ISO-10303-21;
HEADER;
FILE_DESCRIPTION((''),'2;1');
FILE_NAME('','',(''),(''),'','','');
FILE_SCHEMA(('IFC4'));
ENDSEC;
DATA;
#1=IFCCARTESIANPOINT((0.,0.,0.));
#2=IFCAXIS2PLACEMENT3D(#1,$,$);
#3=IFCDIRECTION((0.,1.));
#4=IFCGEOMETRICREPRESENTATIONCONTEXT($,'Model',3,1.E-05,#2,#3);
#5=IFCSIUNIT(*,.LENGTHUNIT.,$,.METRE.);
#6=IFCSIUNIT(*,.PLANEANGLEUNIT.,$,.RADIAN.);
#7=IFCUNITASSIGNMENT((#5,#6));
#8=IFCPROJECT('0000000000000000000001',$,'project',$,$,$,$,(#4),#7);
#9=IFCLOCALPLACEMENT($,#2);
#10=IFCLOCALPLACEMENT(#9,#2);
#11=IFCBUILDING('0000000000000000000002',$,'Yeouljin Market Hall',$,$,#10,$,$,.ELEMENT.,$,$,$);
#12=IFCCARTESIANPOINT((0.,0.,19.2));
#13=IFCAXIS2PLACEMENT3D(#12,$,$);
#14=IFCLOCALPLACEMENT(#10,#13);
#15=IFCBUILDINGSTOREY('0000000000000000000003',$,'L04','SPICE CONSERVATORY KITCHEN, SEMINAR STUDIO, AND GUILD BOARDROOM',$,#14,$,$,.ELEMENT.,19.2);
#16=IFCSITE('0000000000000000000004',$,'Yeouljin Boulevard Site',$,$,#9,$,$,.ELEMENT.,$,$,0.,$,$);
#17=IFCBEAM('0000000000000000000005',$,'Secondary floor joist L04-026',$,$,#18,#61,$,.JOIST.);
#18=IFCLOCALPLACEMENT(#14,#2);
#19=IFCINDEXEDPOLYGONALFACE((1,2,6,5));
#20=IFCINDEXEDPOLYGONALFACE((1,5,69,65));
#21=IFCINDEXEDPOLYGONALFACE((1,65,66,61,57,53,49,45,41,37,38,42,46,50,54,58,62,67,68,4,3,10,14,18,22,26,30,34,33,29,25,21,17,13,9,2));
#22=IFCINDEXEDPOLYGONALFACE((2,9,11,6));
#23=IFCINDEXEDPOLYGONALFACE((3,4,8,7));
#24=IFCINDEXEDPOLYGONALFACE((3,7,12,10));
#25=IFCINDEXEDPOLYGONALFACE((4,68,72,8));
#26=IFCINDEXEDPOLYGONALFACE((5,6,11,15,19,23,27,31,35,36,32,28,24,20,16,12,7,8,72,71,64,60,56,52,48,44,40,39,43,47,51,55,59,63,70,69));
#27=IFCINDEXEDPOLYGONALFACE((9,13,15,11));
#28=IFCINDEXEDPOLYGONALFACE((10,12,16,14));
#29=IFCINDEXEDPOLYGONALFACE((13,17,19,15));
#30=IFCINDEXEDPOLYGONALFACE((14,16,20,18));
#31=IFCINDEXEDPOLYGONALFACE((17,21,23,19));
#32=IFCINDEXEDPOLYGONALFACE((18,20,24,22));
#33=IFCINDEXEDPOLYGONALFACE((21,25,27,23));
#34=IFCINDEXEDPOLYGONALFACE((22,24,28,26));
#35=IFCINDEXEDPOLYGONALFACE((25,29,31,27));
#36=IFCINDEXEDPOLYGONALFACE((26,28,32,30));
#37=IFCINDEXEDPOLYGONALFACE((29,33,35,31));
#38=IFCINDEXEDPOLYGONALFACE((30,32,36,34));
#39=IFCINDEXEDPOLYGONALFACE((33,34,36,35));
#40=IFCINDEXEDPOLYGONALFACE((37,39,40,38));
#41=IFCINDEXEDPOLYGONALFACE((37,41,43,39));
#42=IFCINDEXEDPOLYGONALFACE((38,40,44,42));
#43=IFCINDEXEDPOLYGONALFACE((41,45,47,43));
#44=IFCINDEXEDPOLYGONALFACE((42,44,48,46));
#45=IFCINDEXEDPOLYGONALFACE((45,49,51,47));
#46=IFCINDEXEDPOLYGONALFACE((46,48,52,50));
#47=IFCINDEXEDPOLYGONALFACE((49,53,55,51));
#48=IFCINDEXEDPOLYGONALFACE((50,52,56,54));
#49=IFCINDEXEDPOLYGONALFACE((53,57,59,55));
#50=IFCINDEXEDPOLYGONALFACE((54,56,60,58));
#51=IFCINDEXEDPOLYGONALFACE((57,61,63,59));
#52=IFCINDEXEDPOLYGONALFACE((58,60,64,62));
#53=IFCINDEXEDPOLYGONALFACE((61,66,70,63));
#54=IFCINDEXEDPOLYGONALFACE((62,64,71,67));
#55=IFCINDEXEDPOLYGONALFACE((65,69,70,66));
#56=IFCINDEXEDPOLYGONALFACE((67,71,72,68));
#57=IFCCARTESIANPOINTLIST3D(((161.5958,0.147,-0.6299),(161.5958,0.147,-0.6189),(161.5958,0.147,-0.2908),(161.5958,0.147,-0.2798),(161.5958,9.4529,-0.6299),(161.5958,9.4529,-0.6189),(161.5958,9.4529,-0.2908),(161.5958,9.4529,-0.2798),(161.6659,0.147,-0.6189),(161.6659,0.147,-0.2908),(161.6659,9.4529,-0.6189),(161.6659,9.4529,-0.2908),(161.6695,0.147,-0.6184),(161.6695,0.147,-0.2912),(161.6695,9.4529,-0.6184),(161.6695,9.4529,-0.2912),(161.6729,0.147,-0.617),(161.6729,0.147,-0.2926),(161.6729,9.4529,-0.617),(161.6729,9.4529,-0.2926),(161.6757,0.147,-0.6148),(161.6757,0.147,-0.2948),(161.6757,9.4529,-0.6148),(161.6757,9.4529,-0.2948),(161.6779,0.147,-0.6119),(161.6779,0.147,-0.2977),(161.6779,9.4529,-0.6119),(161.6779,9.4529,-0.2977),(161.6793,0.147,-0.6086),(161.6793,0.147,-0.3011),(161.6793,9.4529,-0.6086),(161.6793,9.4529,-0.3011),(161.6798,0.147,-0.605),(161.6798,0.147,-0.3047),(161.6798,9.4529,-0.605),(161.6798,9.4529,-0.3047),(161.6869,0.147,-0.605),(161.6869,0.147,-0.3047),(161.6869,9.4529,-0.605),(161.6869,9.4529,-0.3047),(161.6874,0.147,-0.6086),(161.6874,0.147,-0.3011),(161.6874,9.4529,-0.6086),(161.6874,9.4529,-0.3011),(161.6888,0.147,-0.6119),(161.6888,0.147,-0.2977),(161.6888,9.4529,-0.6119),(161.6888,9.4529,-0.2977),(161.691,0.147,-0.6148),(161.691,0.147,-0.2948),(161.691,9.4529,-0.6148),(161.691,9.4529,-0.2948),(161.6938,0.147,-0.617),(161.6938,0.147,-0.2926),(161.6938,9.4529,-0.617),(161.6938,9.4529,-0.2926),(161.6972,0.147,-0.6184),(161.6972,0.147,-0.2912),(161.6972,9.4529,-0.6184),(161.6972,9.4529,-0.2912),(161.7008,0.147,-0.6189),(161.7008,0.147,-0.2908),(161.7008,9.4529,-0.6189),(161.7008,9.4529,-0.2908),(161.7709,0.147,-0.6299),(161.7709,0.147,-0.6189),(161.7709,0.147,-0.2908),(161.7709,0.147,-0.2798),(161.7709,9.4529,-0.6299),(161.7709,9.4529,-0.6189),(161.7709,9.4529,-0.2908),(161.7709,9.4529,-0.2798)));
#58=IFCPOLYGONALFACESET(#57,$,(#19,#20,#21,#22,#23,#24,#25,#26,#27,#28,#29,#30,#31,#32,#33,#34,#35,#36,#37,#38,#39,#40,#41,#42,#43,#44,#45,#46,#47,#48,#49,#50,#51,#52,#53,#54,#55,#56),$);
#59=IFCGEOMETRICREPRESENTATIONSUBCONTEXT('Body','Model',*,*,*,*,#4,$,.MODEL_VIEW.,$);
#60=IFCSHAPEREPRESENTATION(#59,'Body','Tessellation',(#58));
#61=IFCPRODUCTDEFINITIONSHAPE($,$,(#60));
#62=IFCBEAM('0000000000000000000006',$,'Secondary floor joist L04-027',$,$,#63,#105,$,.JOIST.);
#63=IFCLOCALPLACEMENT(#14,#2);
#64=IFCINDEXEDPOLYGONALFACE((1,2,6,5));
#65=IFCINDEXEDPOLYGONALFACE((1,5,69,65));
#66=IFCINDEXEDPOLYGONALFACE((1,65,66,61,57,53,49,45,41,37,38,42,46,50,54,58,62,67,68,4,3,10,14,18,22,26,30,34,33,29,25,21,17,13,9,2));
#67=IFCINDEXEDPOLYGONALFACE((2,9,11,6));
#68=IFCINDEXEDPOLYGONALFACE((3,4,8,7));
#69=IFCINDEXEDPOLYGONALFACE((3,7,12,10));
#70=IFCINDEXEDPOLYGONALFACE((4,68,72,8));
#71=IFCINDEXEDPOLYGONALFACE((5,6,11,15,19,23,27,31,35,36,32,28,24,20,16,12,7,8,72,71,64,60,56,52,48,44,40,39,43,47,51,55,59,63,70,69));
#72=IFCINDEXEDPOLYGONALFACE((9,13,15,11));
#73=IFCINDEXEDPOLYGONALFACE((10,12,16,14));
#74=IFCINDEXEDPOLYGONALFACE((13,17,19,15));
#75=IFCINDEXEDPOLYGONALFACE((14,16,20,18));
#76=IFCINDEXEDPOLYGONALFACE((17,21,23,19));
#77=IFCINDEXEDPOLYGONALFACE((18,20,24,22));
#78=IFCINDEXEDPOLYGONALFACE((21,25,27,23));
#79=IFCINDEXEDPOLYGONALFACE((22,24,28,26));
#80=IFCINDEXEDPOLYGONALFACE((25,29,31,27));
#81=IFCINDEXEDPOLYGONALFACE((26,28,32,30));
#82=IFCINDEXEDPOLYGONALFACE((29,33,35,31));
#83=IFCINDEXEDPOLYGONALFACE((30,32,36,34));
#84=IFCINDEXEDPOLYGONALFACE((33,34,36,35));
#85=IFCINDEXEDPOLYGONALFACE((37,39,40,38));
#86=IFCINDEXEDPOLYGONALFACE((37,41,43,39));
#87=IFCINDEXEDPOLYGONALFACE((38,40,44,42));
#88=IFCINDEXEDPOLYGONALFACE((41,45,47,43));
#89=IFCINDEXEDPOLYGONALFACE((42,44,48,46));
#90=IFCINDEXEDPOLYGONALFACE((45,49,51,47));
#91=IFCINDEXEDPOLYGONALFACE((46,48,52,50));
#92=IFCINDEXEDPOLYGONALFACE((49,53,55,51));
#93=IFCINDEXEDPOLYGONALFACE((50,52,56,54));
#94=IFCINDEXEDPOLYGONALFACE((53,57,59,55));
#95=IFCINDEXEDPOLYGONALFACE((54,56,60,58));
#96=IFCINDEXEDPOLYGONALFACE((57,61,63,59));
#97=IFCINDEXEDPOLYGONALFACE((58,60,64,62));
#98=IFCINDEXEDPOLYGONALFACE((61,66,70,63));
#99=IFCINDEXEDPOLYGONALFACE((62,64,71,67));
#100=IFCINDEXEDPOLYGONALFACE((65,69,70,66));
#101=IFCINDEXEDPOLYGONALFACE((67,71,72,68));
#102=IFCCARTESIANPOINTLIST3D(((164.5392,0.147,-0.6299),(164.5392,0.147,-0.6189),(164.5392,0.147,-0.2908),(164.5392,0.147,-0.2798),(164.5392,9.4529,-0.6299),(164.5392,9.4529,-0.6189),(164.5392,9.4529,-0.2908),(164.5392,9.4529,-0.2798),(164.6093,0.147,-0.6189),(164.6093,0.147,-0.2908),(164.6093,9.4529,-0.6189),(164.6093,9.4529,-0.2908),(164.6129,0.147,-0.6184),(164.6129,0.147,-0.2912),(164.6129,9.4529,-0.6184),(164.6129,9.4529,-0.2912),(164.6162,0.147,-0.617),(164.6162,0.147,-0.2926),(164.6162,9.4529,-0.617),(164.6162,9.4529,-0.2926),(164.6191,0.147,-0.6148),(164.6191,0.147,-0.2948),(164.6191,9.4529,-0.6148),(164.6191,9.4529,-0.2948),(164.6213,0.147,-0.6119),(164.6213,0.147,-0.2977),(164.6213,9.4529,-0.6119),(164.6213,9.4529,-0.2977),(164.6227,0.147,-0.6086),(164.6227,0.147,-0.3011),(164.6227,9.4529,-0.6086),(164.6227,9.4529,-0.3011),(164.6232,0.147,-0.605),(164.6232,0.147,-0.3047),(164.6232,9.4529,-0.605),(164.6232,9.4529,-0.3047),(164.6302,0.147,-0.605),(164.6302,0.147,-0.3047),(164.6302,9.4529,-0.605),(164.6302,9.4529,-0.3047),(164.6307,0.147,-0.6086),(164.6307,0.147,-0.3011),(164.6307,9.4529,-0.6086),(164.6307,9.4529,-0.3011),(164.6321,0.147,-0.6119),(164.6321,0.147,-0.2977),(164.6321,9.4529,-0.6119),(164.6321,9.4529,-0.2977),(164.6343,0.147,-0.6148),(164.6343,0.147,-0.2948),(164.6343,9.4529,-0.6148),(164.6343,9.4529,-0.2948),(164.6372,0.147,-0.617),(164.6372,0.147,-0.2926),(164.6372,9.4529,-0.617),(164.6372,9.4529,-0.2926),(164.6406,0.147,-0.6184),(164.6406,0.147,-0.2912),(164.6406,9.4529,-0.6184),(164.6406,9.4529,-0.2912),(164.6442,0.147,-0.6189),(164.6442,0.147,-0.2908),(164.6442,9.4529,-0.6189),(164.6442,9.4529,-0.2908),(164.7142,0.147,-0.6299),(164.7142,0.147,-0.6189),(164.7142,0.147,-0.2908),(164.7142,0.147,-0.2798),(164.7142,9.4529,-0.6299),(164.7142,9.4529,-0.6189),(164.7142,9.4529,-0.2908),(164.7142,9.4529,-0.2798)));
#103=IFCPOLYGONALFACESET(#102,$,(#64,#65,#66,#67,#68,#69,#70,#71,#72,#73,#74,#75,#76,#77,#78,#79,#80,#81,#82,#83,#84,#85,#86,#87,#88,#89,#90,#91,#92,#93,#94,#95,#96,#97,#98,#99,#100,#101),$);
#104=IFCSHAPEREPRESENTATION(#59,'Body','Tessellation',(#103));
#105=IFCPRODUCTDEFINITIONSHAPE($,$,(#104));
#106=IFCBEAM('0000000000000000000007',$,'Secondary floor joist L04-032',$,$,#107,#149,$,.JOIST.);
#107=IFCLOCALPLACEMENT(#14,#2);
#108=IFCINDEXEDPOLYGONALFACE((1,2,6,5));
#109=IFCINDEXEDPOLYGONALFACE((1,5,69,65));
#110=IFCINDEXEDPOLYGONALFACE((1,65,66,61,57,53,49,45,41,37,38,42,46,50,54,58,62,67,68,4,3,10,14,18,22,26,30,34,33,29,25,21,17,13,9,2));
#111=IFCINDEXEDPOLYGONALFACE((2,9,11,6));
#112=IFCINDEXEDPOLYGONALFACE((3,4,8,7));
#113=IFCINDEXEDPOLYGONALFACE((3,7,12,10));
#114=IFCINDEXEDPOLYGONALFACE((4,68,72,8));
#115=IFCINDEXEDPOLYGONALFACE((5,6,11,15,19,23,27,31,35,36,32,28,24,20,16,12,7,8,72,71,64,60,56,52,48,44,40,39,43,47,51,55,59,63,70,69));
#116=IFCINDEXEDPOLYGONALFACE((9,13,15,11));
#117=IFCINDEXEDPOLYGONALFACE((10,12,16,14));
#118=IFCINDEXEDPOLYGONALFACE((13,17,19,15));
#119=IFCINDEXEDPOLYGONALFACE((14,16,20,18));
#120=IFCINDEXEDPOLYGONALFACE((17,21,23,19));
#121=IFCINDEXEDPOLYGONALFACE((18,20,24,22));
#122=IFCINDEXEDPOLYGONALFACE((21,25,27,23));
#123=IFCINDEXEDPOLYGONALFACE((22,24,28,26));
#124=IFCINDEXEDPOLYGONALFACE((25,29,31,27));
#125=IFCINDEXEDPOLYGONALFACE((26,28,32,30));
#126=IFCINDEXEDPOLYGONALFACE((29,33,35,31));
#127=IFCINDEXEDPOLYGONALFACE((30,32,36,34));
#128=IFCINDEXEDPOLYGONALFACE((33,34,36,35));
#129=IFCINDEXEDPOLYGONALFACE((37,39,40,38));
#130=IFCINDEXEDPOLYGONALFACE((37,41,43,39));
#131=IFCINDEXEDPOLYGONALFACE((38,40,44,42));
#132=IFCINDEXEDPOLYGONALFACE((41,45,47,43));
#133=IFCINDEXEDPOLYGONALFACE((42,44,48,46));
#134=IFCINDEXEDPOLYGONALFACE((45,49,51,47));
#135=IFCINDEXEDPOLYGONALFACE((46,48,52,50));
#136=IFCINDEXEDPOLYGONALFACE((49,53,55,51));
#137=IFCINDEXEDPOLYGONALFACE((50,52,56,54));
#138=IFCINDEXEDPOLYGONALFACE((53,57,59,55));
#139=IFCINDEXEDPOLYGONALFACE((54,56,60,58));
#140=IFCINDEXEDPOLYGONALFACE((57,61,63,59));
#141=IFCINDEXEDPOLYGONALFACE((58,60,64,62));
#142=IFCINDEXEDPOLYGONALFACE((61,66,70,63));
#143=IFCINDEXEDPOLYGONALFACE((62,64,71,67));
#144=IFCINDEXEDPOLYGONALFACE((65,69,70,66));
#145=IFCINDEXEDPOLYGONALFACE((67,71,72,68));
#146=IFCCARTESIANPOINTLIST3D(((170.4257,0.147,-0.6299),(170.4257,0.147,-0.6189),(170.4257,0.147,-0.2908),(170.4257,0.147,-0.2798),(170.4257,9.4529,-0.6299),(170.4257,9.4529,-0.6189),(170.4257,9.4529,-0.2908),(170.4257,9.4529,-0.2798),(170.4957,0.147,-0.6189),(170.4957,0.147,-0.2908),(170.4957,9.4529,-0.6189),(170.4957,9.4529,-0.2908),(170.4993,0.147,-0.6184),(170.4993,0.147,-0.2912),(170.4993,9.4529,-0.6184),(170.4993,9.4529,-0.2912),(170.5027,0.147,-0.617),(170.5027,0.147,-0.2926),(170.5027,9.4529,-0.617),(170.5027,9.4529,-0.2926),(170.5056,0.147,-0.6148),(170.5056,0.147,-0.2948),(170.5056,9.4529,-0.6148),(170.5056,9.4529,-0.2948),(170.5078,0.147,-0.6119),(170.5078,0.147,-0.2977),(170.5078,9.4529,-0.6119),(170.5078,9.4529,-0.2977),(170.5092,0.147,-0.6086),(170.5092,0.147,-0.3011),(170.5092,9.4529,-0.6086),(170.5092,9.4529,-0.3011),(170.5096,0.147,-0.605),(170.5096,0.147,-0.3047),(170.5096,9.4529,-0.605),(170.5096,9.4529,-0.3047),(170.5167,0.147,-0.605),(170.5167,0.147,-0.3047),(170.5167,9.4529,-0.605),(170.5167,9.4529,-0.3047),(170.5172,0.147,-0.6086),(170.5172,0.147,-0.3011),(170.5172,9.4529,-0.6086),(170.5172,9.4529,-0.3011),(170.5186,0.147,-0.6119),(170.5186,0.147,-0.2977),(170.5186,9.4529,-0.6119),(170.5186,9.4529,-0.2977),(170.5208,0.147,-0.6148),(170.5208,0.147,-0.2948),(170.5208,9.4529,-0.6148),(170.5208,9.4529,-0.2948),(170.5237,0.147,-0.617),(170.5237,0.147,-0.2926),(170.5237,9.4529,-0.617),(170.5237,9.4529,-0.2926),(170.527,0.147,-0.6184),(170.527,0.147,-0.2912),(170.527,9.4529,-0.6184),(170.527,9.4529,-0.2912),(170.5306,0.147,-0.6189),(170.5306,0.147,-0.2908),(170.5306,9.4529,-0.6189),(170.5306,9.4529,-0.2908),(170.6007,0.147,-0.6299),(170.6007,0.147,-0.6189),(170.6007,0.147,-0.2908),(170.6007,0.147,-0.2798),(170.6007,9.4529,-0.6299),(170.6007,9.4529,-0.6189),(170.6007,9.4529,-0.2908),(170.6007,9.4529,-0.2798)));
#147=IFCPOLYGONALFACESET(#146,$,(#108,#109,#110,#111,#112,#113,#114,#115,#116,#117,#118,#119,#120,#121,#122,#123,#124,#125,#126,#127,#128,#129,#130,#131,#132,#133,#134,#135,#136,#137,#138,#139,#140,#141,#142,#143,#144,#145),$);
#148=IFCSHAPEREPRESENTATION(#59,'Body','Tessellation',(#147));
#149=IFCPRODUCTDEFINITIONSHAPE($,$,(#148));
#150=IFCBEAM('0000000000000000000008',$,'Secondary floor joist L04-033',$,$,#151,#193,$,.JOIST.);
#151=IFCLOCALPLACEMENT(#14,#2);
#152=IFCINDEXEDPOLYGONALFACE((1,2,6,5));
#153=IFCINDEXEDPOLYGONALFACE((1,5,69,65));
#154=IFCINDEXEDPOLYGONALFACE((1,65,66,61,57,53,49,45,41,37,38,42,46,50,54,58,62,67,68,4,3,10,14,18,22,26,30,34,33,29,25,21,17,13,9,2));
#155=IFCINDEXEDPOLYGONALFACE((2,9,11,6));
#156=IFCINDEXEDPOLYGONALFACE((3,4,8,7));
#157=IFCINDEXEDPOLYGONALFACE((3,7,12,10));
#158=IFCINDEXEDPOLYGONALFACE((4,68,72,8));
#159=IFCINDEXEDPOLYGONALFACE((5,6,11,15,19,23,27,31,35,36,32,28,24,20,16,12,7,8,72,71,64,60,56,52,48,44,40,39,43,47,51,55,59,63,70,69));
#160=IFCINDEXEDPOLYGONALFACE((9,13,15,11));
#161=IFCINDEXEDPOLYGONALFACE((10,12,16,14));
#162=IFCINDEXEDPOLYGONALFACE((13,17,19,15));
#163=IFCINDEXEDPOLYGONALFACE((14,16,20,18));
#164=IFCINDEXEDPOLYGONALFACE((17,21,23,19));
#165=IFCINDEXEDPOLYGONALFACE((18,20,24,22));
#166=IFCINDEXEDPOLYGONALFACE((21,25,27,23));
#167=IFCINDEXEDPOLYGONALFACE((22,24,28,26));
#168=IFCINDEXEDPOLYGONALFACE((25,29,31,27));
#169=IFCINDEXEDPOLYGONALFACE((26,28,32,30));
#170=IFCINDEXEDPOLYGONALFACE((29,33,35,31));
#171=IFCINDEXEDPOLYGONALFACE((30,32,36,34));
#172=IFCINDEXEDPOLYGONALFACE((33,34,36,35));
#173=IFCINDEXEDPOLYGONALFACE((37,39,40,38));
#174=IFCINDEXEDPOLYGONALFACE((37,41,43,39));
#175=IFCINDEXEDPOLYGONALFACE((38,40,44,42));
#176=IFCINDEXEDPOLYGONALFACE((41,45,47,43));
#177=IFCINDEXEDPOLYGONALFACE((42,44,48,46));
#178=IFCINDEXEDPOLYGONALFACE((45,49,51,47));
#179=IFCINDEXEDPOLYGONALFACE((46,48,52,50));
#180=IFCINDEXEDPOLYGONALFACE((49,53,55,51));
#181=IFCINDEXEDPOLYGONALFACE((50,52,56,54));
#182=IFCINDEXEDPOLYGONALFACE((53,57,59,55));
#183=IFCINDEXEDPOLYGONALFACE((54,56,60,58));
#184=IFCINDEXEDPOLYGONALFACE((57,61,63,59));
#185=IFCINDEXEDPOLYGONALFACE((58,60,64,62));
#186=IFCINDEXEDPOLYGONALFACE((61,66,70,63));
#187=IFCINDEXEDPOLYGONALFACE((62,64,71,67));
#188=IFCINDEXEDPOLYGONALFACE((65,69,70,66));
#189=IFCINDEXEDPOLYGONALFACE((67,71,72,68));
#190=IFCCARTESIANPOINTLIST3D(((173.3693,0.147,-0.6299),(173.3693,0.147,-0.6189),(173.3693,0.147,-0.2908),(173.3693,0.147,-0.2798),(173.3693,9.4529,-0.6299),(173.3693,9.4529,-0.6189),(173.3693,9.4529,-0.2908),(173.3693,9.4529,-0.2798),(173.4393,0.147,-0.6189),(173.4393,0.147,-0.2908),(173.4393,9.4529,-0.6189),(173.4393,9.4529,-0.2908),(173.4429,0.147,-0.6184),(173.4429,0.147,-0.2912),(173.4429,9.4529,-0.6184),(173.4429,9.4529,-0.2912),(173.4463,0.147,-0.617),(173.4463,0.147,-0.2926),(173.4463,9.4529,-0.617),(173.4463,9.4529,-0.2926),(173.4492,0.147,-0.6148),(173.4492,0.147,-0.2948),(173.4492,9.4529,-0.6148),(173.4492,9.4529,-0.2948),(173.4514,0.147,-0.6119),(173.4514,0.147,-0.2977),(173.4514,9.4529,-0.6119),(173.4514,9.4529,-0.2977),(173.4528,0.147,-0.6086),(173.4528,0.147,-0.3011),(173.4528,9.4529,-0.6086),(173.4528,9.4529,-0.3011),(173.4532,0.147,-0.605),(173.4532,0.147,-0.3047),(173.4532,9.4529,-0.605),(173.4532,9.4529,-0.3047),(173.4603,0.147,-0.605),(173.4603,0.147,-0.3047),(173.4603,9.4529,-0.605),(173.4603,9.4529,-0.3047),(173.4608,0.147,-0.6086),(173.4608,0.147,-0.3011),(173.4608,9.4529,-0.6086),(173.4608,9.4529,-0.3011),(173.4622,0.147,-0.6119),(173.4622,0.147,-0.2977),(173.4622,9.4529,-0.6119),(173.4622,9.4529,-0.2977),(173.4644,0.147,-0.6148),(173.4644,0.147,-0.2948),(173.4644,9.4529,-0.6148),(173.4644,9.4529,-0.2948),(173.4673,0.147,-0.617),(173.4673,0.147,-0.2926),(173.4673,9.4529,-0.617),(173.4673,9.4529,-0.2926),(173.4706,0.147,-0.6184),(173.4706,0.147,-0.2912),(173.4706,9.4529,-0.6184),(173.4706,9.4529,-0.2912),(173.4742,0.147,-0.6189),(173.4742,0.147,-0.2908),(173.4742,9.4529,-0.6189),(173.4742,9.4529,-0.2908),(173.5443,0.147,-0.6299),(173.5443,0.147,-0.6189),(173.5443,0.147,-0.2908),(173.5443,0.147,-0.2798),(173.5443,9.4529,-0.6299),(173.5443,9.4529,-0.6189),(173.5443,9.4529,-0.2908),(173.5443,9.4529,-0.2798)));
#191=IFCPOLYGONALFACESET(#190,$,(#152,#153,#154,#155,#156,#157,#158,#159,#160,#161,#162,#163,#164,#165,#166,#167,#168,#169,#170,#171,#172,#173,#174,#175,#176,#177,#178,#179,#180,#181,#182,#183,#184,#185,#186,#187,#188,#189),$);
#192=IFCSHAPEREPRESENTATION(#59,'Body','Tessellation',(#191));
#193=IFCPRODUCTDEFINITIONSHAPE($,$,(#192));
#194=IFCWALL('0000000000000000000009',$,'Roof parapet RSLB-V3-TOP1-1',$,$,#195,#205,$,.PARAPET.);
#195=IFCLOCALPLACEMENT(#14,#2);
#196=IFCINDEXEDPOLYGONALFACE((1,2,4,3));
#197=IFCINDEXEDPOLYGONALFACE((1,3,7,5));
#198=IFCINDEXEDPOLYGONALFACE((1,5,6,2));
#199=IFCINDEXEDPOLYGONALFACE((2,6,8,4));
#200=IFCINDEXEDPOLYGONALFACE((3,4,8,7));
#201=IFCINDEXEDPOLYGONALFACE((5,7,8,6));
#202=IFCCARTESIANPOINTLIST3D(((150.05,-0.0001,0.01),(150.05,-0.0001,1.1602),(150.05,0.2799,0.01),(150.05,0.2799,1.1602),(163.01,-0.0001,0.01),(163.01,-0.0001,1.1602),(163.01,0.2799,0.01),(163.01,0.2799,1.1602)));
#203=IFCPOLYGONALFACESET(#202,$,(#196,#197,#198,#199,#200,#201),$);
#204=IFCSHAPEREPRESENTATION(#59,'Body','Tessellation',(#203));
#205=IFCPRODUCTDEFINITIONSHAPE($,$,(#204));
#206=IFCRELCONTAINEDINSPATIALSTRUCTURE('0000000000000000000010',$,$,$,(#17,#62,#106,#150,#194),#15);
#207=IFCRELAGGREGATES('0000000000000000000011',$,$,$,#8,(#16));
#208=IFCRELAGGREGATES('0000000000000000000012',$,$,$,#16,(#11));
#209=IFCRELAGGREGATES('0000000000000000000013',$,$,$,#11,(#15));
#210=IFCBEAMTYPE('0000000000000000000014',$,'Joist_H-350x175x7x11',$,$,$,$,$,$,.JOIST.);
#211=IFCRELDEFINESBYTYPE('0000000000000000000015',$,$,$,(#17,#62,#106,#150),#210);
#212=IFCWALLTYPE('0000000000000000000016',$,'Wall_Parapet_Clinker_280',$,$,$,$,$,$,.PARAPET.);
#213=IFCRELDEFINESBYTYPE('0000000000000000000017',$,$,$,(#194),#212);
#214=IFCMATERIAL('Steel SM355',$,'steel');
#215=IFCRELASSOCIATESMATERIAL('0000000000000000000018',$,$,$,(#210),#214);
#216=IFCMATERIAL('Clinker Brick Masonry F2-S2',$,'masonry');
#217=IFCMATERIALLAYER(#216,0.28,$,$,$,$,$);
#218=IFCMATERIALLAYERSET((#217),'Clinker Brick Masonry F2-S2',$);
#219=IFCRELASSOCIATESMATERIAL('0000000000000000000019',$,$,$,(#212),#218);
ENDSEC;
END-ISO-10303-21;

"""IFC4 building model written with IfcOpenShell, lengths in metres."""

from ifc_helpers import new_model, si_unit, direction, frame, frame_2d, origin, origin_2d, place, context, subcontext, project, spatial, rectangle, i_section, extrude, material, layer, layer_set, material_profile, profile_set, type_object, element, save


model = new_model("IFC4")

# Units and contexts
model_context = context("Model", 3, precision=1e-05, world=origin(), true_north=direction((0.0, 1.0)))
body_context = subcontext(model_context, "Body", "Model", "MODEL_VIEW")
ifc_project = project(units=[si_unit("LENGTHUNIT", "METRE"), si_unit("PLANEANGLEUNIT", "RADIAN")], contexts=[model_context])

# Site, building, storey
site_placement = place(None, origin())
site = spatial("IfcSite", under=ifc_project, at=site_placement, Name="Yeouljin Boulevard Site", CompositionType="ELEMENT", RefElevation=0.0)
building_placement = place(site_placement, origin())
building = spatial("IfcBuilding", under=site, at=building_placement, Name="Yeouljin Market Hall", CompositionType="ELEMENT")
storey_placement = place(building_placement, frame((0.0, 0.0, 19.2)))
storey = spatial("IfcBuildingStorey", under=building, at=storey_placement, Name="L04", Description="SPICE CONSERVATORY KITCHEN, SEMINAR STUDIO, AND GUILD BOARDROOM", CompositionType="ELEMENT", Elevation=19.2)

# Beams
ifc_material_1 = material(Name="Steel SM355", Category="steel")
ifc_material_profile_1 = material_profile(ifc_material_1, i_section(OverallWidth=0.175, OverallDepth=0.3501, WebThickness=0.0071, FlangeThickness=0.011, FilletRadius=0.0139, at=origin_2d()), Name="H-350x175x7x11")
ifc_profile_set_1 = profile_set([ifc_material_profile_1], Name="Steel SM355")
beam_type_1 = type_object("IfcBeamType", Name="Joist_H-350x175x7x11", PredefinedType="JOIST", material=ifc_profile_set_1)
for number, where, z_axis, x_axis, name in (
    (1, (161.6833, 0.147, -0.4548), (0.0, 1.0, 0.0), (-1.0, 0.0, 0.0), "Secondary floor joist L04-026"),
    (2, (164.6267, 0.147, -0.4548), (0.0, 1.0, 0.0), (-1.0, 0.0, 0.0), "Secondary floor joist L04-027"),
    (3, (170.5132, 0.147, -0.4548), (0.0, 1.0, 0.0), (-1.0, 0.0, 0.0), "Secondary floor joist L04-032"),
    (4, (173.4568, 0.147, -0.4548), (0.0, 1.0, 0.0), (-1.0, 0.0, 0.0), "Secondary floor joist L04-033"),
):
    element("IfcBeam", number, at=place(storey_placement, frame(where, z_axis=z_axis, x_axis=x_axis)), inside=storey, type_object=beam_type_1, Name=name, PredefinedType="JOIST", context=body_context, shape_type="SweptSolid", body=[
        extrude(i_section(OverallWidth=0.175, OverallDepth=0.3501, WebThickness=0.0071, FlangeThickness=0.011, FilletRadius=0.0139, at=origin_2d()), origin(), (0.0, 0.0, 1.0), 9.3059),
    ])

# Wall
ifc_material_2 = material(Name="Clinker Brick Masonry F2-S2", Category="masonry")
ifc_layer_1 = layer(ifc_material_2, 0.28)
ifc_layer_set_1 = layer_set([ifc_layer_1], Name="Clinker Brick Masonry F2-S2")
wall_type = type_object("IfcWallType", Name="Wall_Parapet_Clinker_280", PredefinedType="PARAPET", material=ifc_layer_set_1)
wall_1_placement = place(storey_placement, frame((150.05, 0.1399, 0.01), z_axis=(0.0, 0.0, 1.0), x_axis=(1.0, 0.0, 0.0)))
element("IfcWall", 5, at=wall_1_placement, inside=storey, type_object=wall_type, Name="Roof parapet RSLB-V3-TOP1-1", PredefinedType="PARAPET", context=body_context, shape_type="SweptSolid", body=[
    extrude(rectangle(XDim=12.96, YDim=0.28, at=frame_2d((6.48, 0.0))), origin(), (0.0, 0.0, 1.0), 1.1501),
])

save(model, "model.ifc")
